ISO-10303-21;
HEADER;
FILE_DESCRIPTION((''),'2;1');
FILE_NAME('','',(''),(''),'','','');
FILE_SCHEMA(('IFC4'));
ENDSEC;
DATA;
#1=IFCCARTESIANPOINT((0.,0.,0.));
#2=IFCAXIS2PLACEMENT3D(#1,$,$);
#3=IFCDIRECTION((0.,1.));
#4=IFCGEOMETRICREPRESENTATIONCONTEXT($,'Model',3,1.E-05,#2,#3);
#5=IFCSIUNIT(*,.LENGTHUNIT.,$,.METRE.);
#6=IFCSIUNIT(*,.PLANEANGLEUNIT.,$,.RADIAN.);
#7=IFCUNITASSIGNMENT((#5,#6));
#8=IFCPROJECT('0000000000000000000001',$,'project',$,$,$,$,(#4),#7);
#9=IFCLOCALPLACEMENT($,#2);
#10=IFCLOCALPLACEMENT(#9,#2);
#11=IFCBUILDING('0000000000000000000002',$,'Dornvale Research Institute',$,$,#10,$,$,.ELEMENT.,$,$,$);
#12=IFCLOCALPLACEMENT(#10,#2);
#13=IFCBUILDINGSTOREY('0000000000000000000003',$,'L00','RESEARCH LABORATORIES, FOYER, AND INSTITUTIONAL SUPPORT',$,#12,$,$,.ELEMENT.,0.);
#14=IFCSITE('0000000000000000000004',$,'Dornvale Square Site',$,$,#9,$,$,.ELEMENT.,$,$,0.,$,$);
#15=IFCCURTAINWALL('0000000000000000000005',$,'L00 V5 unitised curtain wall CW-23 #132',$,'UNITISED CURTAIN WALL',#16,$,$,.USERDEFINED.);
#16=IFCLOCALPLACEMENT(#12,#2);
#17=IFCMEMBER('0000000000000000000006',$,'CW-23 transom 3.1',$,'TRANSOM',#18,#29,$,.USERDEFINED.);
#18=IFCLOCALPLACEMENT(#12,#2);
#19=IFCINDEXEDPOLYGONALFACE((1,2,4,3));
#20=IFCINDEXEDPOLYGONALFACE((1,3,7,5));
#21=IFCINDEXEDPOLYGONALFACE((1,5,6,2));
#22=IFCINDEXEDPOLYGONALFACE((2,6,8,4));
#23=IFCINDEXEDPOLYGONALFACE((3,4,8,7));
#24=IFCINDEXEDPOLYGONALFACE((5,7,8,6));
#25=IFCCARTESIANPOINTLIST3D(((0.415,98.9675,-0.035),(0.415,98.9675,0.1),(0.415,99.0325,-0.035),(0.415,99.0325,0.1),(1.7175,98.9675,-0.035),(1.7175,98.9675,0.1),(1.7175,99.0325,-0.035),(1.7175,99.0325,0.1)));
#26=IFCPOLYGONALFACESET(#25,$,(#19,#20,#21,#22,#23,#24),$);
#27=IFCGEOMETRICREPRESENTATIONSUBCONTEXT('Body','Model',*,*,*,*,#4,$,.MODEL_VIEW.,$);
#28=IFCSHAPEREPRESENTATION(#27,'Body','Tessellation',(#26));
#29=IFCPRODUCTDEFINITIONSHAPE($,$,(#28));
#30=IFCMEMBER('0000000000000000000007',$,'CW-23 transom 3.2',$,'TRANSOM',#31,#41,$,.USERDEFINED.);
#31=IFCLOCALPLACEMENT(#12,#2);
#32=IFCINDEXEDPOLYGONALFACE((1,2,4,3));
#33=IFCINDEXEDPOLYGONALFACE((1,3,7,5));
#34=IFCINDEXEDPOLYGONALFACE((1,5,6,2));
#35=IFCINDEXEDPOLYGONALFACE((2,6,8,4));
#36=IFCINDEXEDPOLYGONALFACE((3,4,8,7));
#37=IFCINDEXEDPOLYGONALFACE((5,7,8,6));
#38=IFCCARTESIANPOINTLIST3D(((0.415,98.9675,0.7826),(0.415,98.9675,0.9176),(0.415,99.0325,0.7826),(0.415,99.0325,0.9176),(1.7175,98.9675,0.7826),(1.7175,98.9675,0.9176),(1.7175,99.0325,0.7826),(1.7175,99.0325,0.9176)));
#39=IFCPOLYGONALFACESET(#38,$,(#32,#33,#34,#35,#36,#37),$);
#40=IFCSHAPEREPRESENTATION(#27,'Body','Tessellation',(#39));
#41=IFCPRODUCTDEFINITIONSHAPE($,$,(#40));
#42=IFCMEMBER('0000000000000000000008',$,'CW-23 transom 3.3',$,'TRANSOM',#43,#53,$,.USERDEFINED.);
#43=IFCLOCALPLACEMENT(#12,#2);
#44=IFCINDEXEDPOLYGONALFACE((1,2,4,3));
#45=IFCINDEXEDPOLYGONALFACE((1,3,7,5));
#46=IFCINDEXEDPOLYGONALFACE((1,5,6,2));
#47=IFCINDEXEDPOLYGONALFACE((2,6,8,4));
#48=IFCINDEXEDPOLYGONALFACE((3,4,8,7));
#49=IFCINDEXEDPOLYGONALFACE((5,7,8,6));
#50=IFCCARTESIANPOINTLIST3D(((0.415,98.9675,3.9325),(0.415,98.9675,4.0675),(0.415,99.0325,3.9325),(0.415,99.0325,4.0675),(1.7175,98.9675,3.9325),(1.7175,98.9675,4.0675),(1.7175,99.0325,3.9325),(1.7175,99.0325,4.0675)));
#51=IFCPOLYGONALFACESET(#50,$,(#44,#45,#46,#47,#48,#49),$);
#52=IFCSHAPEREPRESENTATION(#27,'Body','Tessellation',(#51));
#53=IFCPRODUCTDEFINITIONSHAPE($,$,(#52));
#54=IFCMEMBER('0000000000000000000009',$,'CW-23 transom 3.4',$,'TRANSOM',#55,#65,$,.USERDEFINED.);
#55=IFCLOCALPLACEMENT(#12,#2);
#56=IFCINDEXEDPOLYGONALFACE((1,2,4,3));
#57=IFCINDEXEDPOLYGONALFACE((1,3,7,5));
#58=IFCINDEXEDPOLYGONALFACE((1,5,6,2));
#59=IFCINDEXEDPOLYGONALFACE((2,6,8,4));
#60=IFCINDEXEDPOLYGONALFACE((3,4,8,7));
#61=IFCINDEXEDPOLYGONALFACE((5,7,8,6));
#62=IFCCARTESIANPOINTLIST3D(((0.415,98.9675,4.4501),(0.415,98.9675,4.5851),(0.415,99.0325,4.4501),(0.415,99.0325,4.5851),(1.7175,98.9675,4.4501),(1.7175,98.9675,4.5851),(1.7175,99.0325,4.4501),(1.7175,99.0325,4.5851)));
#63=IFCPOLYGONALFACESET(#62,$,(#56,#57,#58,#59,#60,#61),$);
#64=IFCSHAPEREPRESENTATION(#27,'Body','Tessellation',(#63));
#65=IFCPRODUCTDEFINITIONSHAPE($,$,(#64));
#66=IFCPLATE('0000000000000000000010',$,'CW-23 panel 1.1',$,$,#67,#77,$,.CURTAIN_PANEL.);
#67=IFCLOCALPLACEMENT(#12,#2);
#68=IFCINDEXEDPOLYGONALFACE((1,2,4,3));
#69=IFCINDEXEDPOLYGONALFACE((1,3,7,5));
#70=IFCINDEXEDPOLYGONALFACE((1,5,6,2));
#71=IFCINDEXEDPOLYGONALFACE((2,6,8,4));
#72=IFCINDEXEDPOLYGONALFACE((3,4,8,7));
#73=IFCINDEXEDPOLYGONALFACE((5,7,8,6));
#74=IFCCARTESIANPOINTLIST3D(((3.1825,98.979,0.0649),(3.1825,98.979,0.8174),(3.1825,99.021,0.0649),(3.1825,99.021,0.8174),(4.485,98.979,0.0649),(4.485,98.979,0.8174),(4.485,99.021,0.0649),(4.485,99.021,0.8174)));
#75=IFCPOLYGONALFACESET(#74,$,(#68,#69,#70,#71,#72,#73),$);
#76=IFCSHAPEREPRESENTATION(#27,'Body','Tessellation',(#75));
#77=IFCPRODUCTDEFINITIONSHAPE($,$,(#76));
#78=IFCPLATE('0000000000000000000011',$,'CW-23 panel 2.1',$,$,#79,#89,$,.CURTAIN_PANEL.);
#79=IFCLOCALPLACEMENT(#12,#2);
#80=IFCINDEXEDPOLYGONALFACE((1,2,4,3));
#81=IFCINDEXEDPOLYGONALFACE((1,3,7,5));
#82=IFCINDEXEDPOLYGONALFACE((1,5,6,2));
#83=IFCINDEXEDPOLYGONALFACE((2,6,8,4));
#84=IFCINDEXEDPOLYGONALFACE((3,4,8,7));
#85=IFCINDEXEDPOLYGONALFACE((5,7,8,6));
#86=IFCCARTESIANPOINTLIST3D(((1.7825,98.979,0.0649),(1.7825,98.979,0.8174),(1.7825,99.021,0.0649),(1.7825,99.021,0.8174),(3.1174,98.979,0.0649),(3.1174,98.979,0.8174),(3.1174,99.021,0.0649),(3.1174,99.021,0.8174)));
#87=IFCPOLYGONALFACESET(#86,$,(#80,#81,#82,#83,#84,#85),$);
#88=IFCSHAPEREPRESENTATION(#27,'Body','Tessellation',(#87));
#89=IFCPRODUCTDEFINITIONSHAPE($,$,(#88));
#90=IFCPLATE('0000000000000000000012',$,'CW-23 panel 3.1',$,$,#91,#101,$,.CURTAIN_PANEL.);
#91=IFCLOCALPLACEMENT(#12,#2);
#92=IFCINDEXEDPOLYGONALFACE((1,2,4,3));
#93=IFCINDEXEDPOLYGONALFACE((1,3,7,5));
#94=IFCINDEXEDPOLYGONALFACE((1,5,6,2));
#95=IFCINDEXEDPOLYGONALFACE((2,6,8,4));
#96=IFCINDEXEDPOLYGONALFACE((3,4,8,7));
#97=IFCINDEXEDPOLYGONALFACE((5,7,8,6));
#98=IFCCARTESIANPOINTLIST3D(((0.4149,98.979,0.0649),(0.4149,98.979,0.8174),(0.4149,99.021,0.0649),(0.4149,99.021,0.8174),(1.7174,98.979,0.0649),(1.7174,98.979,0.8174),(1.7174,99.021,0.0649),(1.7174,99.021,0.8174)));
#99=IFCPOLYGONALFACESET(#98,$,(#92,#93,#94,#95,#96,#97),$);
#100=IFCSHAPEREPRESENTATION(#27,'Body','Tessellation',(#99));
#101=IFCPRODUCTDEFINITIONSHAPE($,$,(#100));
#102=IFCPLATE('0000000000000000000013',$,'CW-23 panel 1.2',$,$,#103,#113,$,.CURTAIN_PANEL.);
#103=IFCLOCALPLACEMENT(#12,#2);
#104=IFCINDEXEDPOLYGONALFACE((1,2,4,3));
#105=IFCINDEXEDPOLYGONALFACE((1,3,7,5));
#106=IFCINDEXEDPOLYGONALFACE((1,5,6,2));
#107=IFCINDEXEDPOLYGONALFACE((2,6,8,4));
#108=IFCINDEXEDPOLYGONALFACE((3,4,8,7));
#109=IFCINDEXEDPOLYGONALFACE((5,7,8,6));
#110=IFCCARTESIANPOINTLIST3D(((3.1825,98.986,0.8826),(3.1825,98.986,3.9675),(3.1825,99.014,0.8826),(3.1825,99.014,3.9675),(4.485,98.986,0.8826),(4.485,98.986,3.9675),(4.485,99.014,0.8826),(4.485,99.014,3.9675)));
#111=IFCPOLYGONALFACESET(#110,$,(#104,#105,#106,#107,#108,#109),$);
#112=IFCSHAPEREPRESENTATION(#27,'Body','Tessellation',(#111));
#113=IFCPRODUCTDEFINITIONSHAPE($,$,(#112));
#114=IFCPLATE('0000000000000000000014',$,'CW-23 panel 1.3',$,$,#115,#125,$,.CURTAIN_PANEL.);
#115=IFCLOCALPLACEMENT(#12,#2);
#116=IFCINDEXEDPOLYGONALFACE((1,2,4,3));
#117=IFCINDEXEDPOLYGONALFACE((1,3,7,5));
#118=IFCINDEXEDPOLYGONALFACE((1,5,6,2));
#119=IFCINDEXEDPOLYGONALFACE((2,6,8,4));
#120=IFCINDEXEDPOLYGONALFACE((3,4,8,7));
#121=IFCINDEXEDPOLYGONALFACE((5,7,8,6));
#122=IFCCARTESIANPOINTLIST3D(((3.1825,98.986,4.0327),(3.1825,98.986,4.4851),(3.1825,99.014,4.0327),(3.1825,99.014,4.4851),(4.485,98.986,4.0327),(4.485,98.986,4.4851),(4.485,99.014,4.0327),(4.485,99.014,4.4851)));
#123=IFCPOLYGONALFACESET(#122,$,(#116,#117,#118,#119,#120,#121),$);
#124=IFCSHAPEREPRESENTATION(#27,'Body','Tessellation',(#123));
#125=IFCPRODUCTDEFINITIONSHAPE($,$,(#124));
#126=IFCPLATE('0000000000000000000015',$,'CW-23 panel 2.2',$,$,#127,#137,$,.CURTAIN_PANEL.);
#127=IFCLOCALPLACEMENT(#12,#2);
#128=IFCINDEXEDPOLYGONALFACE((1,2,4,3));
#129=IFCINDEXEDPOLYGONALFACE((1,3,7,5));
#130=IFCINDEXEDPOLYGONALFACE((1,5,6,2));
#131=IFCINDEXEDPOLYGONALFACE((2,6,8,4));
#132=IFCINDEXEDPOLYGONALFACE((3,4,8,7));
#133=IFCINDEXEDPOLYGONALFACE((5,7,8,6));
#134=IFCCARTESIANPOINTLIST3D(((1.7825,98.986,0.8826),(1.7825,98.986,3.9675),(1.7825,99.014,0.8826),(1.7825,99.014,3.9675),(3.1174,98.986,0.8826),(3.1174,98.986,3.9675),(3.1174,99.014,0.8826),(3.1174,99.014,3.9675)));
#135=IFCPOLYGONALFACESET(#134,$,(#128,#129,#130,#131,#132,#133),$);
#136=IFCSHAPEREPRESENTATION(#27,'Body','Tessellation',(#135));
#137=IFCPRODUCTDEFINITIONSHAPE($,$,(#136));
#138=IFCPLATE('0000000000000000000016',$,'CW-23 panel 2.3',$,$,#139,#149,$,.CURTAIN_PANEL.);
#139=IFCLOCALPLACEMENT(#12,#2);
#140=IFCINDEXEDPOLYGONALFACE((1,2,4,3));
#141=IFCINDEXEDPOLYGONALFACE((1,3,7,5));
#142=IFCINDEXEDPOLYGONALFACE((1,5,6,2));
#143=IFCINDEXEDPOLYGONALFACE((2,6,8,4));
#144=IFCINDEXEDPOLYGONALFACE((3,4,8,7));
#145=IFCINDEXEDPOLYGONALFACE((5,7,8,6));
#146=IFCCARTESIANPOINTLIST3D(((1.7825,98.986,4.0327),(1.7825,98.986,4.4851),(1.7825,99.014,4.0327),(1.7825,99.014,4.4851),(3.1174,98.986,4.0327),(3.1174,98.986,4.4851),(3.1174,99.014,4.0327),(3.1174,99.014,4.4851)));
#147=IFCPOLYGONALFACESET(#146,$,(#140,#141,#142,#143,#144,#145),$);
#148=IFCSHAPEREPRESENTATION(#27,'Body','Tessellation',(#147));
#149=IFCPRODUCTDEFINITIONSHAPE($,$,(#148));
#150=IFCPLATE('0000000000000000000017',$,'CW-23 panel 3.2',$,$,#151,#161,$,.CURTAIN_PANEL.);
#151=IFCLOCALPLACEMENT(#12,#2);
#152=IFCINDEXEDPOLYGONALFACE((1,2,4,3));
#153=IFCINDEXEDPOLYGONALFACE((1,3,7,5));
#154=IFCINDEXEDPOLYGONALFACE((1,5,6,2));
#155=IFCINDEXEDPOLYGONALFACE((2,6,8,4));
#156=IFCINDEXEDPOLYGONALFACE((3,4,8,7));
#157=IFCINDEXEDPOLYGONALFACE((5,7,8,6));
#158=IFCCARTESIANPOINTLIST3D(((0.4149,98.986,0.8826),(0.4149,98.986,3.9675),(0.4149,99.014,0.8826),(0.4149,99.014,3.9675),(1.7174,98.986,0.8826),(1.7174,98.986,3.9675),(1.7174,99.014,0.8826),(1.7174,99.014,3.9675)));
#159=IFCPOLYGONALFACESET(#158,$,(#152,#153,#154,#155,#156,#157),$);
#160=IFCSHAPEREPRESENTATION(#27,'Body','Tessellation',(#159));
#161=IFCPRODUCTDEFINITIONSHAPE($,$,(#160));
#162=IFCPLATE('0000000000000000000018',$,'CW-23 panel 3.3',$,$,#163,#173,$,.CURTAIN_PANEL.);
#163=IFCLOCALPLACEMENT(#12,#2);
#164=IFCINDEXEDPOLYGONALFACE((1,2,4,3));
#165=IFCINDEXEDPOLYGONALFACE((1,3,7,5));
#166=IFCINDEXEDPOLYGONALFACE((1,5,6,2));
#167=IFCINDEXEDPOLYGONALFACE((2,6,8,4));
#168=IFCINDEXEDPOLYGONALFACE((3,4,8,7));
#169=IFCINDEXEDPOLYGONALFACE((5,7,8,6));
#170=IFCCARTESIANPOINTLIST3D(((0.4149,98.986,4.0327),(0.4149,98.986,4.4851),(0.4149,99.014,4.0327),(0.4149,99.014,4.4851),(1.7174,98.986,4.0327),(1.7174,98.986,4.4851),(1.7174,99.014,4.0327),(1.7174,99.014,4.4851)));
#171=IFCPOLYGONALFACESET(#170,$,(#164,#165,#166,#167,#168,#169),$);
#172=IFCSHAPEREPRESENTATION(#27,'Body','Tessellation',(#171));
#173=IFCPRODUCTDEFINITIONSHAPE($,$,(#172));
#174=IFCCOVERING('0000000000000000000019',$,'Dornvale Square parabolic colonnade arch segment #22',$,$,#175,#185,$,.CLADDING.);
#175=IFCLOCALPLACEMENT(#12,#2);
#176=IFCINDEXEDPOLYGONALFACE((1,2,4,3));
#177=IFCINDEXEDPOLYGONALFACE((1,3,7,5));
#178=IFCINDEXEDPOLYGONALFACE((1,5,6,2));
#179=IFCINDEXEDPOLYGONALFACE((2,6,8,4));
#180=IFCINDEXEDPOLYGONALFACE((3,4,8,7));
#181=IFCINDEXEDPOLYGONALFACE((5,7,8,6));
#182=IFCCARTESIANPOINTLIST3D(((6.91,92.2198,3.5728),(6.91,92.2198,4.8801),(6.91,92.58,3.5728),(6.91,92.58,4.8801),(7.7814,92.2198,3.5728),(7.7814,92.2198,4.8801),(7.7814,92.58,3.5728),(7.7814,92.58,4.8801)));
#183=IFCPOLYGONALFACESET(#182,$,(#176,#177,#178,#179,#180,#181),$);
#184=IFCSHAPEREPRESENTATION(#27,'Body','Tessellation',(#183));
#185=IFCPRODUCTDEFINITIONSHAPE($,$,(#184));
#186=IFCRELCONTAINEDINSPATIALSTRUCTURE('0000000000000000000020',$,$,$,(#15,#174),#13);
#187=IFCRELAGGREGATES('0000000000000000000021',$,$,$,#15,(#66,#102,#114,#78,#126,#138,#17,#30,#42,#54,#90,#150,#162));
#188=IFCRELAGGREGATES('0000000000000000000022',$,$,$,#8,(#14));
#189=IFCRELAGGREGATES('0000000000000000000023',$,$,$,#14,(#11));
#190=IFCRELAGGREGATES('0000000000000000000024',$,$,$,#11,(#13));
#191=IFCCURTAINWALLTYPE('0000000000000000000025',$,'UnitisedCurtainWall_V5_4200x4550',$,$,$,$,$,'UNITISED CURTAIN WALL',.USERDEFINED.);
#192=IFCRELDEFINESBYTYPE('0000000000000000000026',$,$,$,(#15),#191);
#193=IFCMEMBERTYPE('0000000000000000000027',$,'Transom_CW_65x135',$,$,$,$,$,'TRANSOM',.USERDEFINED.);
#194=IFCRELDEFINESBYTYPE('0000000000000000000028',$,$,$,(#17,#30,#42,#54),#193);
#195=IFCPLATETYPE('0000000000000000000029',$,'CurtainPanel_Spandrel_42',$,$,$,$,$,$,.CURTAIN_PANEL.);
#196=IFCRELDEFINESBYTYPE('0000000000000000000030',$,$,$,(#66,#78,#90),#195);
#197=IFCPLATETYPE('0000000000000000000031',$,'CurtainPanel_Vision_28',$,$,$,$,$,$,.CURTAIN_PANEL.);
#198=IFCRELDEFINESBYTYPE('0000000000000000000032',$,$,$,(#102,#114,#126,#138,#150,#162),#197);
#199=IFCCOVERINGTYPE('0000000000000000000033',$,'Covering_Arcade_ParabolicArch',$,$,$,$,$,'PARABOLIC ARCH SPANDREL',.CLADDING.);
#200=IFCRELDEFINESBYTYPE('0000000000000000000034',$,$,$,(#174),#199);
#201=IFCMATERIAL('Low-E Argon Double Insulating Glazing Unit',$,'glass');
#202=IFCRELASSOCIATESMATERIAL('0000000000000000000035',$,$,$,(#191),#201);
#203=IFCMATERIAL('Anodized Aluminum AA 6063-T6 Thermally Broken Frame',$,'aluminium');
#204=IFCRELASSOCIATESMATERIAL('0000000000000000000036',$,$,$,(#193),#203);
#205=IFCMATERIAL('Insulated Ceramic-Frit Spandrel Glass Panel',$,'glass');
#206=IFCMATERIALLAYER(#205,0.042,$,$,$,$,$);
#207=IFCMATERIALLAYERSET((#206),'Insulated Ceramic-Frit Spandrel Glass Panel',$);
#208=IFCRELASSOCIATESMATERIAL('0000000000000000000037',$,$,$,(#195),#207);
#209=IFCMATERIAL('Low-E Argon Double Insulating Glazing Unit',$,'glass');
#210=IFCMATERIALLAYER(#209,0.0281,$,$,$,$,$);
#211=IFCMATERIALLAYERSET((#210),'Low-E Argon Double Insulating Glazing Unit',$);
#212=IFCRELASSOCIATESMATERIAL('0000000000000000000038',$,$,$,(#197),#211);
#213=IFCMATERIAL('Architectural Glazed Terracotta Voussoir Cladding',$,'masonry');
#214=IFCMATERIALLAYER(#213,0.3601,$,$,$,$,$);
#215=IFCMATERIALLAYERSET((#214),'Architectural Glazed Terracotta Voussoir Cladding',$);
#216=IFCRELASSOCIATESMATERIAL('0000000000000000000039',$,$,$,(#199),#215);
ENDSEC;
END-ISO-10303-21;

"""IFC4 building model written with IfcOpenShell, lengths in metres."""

from ifc_helpers import new_model, si_unit, direction, frame, origin, origin_2d, place, context, subcontext, project, spatial, rectangle, extrude, material, layer, layer_set, material_profile, profile_set, type_object, element, aggregate, save


model = new_model("IFC4")

# Units and contexts
model_context = context("Model", 3, precision=1e-05, world=origin(), true_north=direction((0.0, 1.0)))
body_context = subcontext(model_context, "Body", "Model", "MODEL_VIEW")
ifc_project = project(units=[si_unit("LENGTHUNIT", "METRE"), si_unit("PLANEANGLEUNIT", "RADIAN")], contexts=[model_context])

# Site, building, storey
site_placement = place(None, origin())
site = spatial("IfcSite", under=ifc_project, at=site_placement, Name="Dornvale Square Site", CompositionType="ELEMENT", RefElevation=0.0)
building_placement = place(site_placement, origin())
building = spatial("IfcBuilding", under=site, at=building_placement, Name="Dornvale Research Institute", CompositionType="ELEMENT")
storey_placement = place(building_placement, origin())
storey = spatial("IfcBuildingStorey", under=building, at=storey_placement, Name="L00", Description="RESEARCH LABORATORIES, FOYER, AND INSTITUTIONAL SUPPORT", CompositionType="ELEMENT", Elevation=0.0)

# Curtain wall, members, plates
ifc_material_1 = material(Name="Low-E Argon Double Insulating Glazing Unit", Category="glass")
curtain_wall_type = type_object("IfcCurtainWallType", Name="UnitisedCurtainWall_V5_4200x4550", ElementType="UNITISED CURTAIN WALL", PredefinedType="USERDEFINED", material=ifc_material_1)
curtain_wall_placement = place(storey_placement, origin())
curtain_wall = element("IfcCurtainWall", 1, at=curtain_wall_placement, inside=storey, type_object=curtain_wall_type, Name="L00 V5 unitised curtain wall CW-23 #132", ObjectType="UNITISED CURTAIN WALL", PredefinedType="USERDEFINED")
ifc_material_2 = material(Name="Anodized Aluminum AA 6063-T6 Thermally Broken Frame", Category="aluminium")
ifc_material_profile_1 = material_profile(ifc_material_2, rectangle(XDim=0.0649, YDim=0.135, at=origin_2d()), Name="ALU TRANSOM 65x135")
ifc_profile_set_1 = profile_set([ifc_material_profile_1], Name="Anodized Aluminum AA 6063-T6 Thermally Broken Frame")
member_type_1 = type_object("IfcMemberType", Name="Transom_CW_65x135", ElementType="TRANSOM", PredefinedType="USERDEFINED", material=ifc_profile_set_1)
member_1_placement = place(storey_placement, frame((1.7175, 99.0, 0.0325), z_axis=(-1.0, 0.0, 0.0), x_axis=(0.0, -1.0, 0.0)))
member_1 = element("IfcMember", 2, at=member_1_placement, type_object=member_type_1, Name="CW-23 transom 3.1", ObjectType="TRANSOM", PredefinedType="USERDEFINED", context=body_context, shape_type="SweptSolid", body=[
    extrude(rectangle(XDim=0.0649, YDim=0.135, at=origin_2d()), origin(), (0.0, 0.0, 1.0), 1.3025),
])
member_2_placement = place(storey_placement, frame((1.7175, 99.0, 0.8501), z_axis=(-1.0, 0.0, 0.0), x_axis=(0.0, -1.0, 0.0)))
member_2 = element("IfcMember", 3, at=member_2_placement, type_object=member_type_1, Name="CW-23 transom 3.2", ObjectType="TRANSOM", PredefinedType="USERDEFINED", context=body_context, shape_type="SweptSolid", body=[
    extrude(rectangle(XDim=0.0649, YDim=0.135, at=origin_2d()), origin(), (0.0, 0.0, 1.0), 1.3025),
])
member_3_placement = place(storey_placement, frame((1.7175, 99.0, 4.0), z_axis=(-1.0, 0.0, 0.0), x_axis=(0.0, -1.0, 0.0)))
member_3 = element("IfcMember", 4, at=member_3_placement, type_object=member_type_1, Name="CW-23 transom 3.3", ObjectType="TRANSOM", PredefinedType="USERDEFINED", context=body_context, shape_type="SweptSolid", body=[
    extrude(rectangle(XDim=0.0649, YDim=0.135, at=origin_2d()), origin(), (0.0, 0.0, 1.0), 1.3025),
])
member_4_placement = place(storey_placement, frame((1.7175, 99.0, 4.5176), z_axis=(-1.0, 0.0, 0.0), x_axis=(0.0, -1.0, 0.0)))
member_4 = element("IfcMember", 5, at=member_4_placement, type_object=member_type_1, Name="CW-23 transom 3.4", ObjectType="TRANSOM", PredefinedType="USERDEFINED", context=body_context, shape_type="SweptSolid", body=[
    extrude(rectangle(XDim=0.0649, YDim=0.135, at=origin_2d()), origin(), (0.0, 0.0, 1.0), 1.3025),
])
ifc_material_3 = material(Name="Insulated Ceramic-Frit Spandrel Glass Panel", Category="glass")
ifc_layer_1 = layer(ifc_material_3, 0.042)
ifc_layer_set_1 = layer_set([ifc_layer_1], Name="Insulated Ceramic-Frit Spandrel Glass Panel")
plate_type_1 = type_object("IfcPlateType", Name="CurtainPanel_Spandrel_42", PredefinedType="CURTAIN_PANEL", material=ifc_layer_set_1)
plate_1_placement = place(storey_placement, frame((3.8337, 99.0, 0.0649), z_axis=(0.0, 0.0, 1.0), x_axis=(-1.0, 0.0, 0.0)))
plate_1 = element("IfcPlate", 6, at=plate_1_placement, type_object=plate_type_1, Name="CW-23 panel 1.1", PredefinedType="CURTAIN_PANEL", context=body_context, shape_type="SweptSolid", body=[
    extrude(rectangle(XDim=1.3025, YDim=0.042, at=origin_2d()), origin(), (0.0, 0.0, 1.0), 0.7524),
])
plate_2_placement = place(storey_placement, frame((2.45, 99.0, 0.0649), z_axis=(0.0, 0.0, 1.0), x_axis=(-1.0, 0.0, 0.0)))
plate_2 = element("IfcPlate", 7, at=plate_2_placement, type_object=plate_type_1, Name="CW-23 panel 2.1", PredefinedType="CURTAIN_PANEL", context=body_context, shape_type="SweptSolid", body=[
    extrude(rectangle(XDim=1.335, YDim=0.042, at=origin_2d()), origin(), (0.0, 0.0, 1.0), 0.7524),
])
plate_3_placement = place(storey_placement, frame((1.0662, 99.0, 0.0649), z_axis=(0.0, 0.0, 1.0), x_axis=(-1.0, 0.0, 0.0)))
plate_3 = element("IfcPlate", 8, at=plate_3_placement, type_object=plate_type_1, Name="CW-23 panel 3.1", PredefinedType="CURTAIN_PANEL", context=body_context, shape_type="SweptSolid", body=[
    extrude(rectangle(XDim=1.3025, YDim=0.042, at=origin_2d()), origin(), (0.0, 0.0, 1.0), 0.7524),
])
ifc_material_4 = material(Name="Low-E Argon Double Insulating Glazing Unit", Category="glass")
ifc_layer_2 = layer(ifc_material_4, 0.0281)
ifc_layer_set_2 = layer_set([ifc_layer_2], Name="Low-E Argon Double Insulating Glazing Unit")
plate_type_2 = type_object("IfcPlateType", Name="CurtainPanel_Vision_28", PredefinedType="CURTAIN_PANEL", material=ifc_layer_set_2)
plate_4_placement = place(storey_placement, frame((3.8337, 99.0, 0.8826), z_axis=(0.0, 0.0, 1.0), x_axis=(-1.0, 0.0, 0.0)))
plate_4 = element("IfcPlate", 9, at=plate_4_placement, type_object=plate_type_2, Name="CW-23 panel 1.2", PredefinedType="CURTAIN_PANEL", context=body_context, shape_type="SweptSolid", body=[
    extrude(rectangle(XDim=1.3025, YDim=0.0281, at=origin_2d()), origin(), (0.0, 0.0, 1.0), 3.085),
])
plate_5_placement = place(storey_placement, frame((3.8337, 99.0, 4.0327), z_axis=(0.0, 0.0, 1.0), x_axis=(-1.0, 0.0, 0.0)))
plate_5 = element("IfcPlate", 10, at=plate_5_placement, type_object=plate_type_2, Name="CW-23 panel 1.3", PredefinedType="CURTAIN_PANEL", context=body_context, shape_type="SweptSolid", body=[
    extrude(rectangle(XDim=1.3025, YDim=0.0281, at=origin_2d()), origin(), (0.0, 0.0, 1.0), 0.4524),
])
plate_6_placement = place(storey_placement, frame((2.45, 99.0, 0.8826), z_axis=(0.0, 0.0, 1.0), x_axis=(-1.0, 0.0, 0.0)))
plate_6 = element("IfcPlate", 11, at=plate_6_placement, type_object=plate_type_2, Name="CW-23 panel 2.2", PredefinedType="CURTAIN_PANEL", context=body_context, shape_type="SweptSolid", body=[
    extrude(rectangle(XDim=1.335, YDim=0.0281, at=origin_2d()), origin(), (0.0, 0.0, 1.0), 3.085),
])
plate_7_placement = place(storey_placement, frame((2.45, 99.0, 4.0327), z_axis=(0.0, 0.0, 1.0), x_axis=(-1.0, 0.0, 0.0)))
plate_7 = element("IfcPlate", 12, at=plate_7_placement, type_object=plate_type_2, Name="CW-23 panel 2.3", PredefinedType="CURTAIN_PANEL", context=body_context, shape_type="SweptSolid", body=[
    extrude(rectangle(XDim=1.335, YDim=0.0281, at=origin_2d()), origin(), (0.0, 0.0, 1.0), 0.4524),
])
plate_8_placement = place(storey_placement, frame((1.0662, 99.0, 0.8826), z_axis=(0.0, 0.0, 1.0), x_axis=(-1.0, 0.0, 0.0)))
plate_8 = element("IfcPlate", 13, at=plate_8_placement, type_object=plate_type_2, Name="CW-23 panel 3.2", PredefinedType="CURTAIN_PANEL", context=body_context, shape_type="SweptSolid", body=[
    extrude(rectangle(XDim=1.3025, YDim=0.0281, at=origin_2d()), origin(), (0.0, 0.0, 1.0), 3.085),
])
plate_9_placement = place(storey_placement, frame((1.0662, 99.0, 4.0327), z_axis=(0.0, 0.0, 1.0), x_axis=(-1.0, 0.0, 0.0)))
plate_9 = element("IfcPlate", 14, at=plate_9_placement, type_object=plate_type_2, Name="CW-23 panel 3.3", PredefinedType="CURTAIN_PANEL", context=body_context, shape_type="SweptSolid", body=[
    extrude(rectangle(XDim=1.3025, YDim=0.0281, at=origin_2d()), origin(), (0.0, 0.0, 1.0), 0.4524),
])
aggregate(curtain_wall, [plate_1, plate_4, plate_5, plate_2, plate_6, plate_7, member_1, member_2, member_3, member_4, plate_3, plate_8, plate_9])

# Covering
ifc_material_5 = material(Name="Architectural Glazed Terracotta Voussoir Cladding", Category="masonry")
ifc_layer_3 = layer(ifc_material_5, 0.3601)
ifc_layer_set_3 = layer_set([ifc_layer_3], Name="Architectural Glazed Terracotta Voussoir Cladding")
covering_type = type_object("IfcCoveringType", Name="Covering_Arcade_ParabolicArch", ElementType="PARABOLIC ARCH SPANDREL", PredefinedType="CLADDING", material=ifc_layer_set_3)
covering_1_placement = place(storey_placement, frame((7.3457, 92.3999, 3.5728), z_axis=(0.0, 0.0, 1.0), x_axis=(1.0, 0.0, 0.0)))
element("IfcCovering", 15, at=covering_1_placement, inside=storey, type_object=covering_type, Name="Dornvale Square parabolic colonnade arch segment #22", PredefinedType="CLADDING", context=body_context, shape_type="SweptSolid", body=[
    extrude(rectangle(XDim=0.8713, YDim=0.3601, at=origin_2d()), origin(), (0.0, 0.0, 1.0), 1.3074),
])

save(model, "model.ifc")
